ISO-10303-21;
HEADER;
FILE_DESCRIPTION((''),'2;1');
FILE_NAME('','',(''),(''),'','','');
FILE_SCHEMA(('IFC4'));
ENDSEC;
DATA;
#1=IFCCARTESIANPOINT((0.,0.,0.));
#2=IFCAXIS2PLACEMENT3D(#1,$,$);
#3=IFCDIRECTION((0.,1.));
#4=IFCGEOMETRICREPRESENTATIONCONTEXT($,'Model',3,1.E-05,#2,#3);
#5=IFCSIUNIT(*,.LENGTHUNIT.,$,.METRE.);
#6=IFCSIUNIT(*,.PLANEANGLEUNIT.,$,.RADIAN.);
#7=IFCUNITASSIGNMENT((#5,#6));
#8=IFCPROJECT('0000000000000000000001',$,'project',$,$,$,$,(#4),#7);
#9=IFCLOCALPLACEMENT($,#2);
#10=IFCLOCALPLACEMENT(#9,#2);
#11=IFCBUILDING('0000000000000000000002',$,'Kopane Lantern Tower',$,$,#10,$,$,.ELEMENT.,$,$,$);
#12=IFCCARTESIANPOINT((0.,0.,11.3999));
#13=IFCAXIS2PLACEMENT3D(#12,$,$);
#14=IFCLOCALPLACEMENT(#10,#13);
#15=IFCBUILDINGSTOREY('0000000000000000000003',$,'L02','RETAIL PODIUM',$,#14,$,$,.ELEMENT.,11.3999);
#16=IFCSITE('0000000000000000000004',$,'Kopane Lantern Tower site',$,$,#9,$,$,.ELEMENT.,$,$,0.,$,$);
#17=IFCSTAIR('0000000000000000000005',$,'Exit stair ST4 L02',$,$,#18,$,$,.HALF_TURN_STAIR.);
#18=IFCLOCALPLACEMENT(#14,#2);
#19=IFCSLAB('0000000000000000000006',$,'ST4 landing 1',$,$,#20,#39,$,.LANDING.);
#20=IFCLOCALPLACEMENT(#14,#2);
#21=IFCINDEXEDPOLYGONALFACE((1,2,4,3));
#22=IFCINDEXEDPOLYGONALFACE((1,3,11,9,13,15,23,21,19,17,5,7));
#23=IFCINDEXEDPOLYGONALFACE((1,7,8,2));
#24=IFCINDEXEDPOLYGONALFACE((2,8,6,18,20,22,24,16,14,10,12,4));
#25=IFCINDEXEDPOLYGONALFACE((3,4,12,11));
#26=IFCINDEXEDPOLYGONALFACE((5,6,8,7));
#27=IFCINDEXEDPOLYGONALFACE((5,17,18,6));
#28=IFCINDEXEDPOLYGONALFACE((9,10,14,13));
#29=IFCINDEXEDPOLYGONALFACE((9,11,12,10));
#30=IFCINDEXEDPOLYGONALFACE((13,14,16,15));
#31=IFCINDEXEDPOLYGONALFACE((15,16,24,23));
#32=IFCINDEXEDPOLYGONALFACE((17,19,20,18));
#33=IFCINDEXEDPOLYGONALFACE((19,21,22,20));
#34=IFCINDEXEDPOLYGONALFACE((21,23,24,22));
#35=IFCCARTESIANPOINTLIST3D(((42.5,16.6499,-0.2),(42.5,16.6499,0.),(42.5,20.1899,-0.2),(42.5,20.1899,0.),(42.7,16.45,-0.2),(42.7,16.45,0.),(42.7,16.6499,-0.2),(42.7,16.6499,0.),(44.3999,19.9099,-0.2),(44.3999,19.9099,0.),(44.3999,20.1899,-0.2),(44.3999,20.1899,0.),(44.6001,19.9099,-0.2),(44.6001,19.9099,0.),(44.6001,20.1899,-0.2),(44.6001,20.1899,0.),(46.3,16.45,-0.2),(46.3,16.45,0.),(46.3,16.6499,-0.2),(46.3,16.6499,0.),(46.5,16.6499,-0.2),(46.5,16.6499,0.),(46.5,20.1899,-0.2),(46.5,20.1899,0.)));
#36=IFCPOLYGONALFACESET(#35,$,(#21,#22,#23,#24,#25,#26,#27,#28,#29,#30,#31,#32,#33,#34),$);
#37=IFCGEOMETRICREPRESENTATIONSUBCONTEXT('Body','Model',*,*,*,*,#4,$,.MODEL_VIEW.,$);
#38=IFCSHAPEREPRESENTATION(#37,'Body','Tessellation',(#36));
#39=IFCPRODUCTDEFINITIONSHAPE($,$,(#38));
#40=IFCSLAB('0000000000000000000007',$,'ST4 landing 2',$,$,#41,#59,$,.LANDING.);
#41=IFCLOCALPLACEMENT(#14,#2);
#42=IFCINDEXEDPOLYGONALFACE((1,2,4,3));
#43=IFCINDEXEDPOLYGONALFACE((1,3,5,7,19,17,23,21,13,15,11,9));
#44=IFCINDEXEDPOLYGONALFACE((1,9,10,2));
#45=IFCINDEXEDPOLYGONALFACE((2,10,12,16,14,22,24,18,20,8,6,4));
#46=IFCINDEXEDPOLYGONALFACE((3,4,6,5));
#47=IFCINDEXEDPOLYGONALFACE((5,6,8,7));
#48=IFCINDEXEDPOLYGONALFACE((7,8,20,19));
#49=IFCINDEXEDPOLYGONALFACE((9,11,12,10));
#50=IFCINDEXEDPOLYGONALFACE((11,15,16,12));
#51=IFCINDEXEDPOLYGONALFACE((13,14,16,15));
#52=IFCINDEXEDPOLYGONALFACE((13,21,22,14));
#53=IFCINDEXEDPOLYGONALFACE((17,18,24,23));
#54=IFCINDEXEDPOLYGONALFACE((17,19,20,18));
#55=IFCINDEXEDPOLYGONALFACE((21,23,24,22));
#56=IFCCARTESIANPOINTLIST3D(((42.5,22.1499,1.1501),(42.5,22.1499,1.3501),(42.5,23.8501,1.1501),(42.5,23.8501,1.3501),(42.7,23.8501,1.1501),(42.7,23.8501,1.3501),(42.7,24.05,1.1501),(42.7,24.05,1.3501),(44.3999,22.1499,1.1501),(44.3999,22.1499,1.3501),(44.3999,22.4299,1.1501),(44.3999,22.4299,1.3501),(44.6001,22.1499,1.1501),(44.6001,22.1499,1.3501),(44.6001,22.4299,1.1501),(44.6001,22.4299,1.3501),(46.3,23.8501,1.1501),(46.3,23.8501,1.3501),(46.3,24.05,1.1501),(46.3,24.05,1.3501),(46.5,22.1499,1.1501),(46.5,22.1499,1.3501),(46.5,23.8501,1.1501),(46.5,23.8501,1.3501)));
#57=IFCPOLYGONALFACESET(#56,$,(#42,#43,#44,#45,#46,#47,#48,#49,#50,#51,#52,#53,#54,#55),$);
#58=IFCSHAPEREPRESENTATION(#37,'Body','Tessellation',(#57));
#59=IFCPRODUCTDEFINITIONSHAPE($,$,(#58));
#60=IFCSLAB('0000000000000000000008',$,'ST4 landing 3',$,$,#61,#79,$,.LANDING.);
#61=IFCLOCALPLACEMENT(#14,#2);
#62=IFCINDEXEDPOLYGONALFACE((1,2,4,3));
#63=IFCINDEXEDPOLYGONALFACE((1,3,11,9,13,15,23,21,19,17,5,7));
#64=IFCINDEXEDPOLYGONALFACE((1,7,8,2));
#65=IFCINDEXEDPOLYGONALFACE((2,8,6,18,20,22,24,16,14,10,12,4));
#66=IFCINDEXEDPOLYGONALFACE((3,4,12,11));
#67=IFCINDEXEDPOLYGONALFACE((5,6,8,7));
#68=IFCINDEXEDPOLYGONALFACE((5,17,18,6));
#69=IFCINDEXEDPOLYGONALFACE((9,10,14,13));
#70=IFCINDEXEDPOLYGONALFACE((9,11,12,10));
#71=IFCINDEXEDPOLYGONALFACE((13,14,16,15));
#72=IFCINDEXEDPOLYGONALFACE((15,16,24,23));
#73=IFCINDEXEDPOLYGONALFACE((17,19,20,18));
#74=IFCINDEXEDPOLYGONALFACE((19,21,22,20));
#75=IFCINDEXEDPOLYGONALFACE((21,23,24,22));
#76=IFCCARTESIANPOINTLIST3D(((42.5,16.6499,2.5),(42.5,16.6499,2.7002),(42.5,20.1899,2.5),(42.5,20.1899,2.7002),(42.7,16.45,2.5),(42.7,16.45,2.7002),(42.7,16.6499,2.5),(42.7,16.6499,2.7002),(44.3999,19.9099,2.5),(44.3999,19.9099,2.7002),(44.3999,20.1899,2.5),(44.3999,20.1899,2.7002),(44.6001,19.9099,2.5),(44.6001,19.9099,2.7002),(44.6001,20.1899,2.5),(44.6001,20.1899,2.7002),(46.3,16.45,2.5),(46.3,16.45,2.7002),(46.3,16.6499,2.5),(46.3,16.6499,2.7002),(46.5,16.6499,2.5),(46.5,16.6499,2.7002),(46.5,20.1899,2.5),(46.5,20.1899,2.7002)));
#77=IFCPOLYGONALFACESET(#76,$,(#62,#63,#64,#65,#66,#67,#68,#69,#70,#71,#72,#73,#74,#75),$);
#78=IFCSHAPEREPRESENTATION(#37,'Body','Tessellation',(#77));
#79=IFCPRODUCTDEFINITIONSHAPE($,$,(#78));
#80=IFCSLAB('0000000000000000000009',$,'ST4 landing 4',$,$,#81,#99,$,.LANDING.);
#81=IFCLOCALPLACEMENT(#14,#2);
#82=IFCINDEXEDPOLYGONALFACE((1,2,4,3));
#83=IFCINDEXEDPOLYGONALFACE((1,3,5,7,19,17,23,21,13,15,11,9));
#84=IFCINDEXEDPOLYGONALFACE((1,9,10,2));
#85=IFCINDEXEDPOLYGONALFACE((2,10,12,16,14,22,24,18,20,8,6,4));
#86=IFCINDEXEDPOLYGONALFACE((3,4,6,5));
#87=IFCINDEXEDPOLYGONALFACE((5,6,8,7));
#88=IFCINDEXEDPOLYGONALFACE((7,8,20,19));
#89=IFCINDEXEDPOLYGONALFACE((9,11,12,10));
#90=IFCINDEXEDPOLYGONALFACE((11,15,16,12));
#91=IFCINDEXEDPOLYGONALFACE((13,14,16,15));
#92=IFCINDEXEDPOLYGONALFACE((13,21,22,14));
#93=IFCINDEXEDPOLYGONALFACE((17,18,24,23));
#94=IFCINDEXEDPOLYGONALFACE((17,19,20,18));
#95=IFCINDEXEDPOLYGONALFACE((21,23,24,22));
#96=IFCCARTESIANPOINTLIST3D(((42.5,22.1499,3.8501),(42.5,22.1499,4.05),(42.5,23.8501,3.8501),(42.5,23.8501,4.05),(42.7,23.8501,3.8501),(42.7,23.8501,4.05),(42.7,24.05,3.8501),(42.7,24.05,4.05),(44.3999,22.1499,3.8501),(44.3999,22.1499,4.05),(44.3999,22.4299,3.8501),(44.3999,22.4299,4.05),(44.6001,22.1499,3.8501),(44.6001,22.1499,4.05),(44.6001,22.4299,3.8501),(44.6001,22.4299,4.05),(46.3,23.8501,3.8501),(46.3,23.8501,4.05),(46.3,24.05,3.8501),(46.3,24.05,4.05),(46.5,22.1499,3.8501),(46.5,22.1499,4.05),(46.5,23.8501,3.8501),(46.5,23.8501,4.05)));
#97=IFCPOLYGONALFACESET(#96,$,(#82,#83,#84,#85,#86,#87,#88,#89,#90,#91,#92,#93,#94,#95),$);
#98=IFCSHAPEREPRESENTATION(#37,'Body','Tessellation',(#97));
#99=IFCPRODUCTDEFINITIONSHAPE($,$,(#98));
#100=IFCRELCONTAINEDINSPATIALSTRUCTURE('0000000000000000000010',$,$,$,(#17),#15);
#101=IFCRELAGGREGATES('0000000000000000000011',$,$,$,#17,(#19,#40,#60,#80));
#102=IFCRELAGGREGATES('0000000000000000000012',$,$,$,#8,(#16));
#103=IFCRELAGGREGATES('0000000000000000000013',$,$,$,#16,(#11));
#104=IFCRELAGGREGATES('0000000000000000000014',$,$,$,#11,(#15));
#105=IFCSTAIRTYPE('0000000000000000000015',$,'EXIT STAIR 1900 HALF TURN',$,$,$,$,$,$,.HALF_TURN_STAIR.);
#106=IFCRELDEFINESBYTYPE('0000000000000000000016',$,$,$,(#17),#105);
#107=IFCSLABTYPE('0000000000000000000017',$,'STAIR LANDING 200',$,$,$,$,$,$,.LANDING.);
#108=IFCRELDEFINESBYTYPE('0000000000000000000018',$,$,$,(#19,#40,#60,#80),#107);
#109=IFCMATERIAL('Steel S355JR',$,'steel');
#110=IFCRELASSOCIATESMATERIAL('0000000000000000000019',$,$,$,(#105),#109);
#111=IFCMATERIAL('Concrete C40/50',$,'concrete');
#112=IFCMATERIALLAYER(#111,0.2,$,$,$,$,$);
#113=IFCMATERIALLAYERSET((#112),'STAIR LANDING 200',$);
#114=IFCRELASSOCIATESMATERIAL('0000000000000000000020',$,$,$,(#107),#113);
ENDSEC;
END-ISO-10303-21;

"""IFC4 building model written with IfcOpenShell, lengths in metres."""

from ifc_helpers import new_model, si_unit, direction, frame, origin, place, context, subcontext, project, spatial, polyline, outline, extrude, material, layer, layer_set, type_object, element, aggregate, save


model = new_model("IFC4")

# Units and contexts
model_context = context("Model", 3, precision=1e-05, world=origin(), true_north=direction((0.0, 1.0)))
body_context = subcontext(model_context, "Body", "Model", "MODEL_VIEW")
ifc_project = project(units=[si_unit("LENGTHUNIT", "METRE"), si_unit("PLANEANGLEUNIT", "RADIAN")], contexts=[model_context])

# Site, building, storey
site_placement = place(None, origin())
site = spatial("IfcSite", under=ifc_project, at=site_placement, Name="Kopane Lantern Tower site", CompositionType="ELEMENT", RefElevation=0.0)
building_placement = place(site_placement, origin())
building = spatial("IfcBuilding", under=site, at=building_placement, Name="Kopane Lantern Tower", CompositionType="ELEMENT")
storey_placement = place(building_placement, frame((0.0, 0.0, 11.3999)))
storey = spatial("IfcBuildingStorey", under=building, at=storey_placement, Name="L02", Description="RETAIL PODIUM", CompositionType="ELEMENT", Elevation=11.3999)

# Shared definitions
ifc_material_1 = material(Name="Steel S355JR", Category="steel")
stair_type = type_object("IfcStairType", Name="EXIT STAIR 1900 HALF TURN", PredefinedType="HALF_TURN_STAIR", material=ifc_material_1)
ifc_material_2 = material(Name="Concrete C40/50", Category="concrete")
ifc_layer_1 = layer(ifc_material_2, 0.2)
ifc_layer_set_1 = layer_set([ifc_layer_1], Name="STAIR LANDING 200")
slab_type = type_object("IfcSlabType", Name="STAIR LANDING 200", PredefinedType="LANDING", material=ifc_layer_set_1)

# Stair, slabs
stair_1_placement = place(storey_placement, origin())
stair_1 = element("IfcStair", 1, at=stair_1_placement, inside=storey, type_object=stair_type, Name="Exit stair ST4 L02", PredefinedType="HALF_TURN_STAIR")
slab_1_placement = place(storey_placement, frame((0.0, 0.0, -0.2)))
slab_1 = element("IfcSlab", 2, at=slab_1_placement, type_object=slab_type, Name="ST4 landing 1", PredefinedType="LANDING", context=body_context, shape_type="SweptSolid", body=[
    extrude(outline(polyline([(42.7, 16.6499), (42.7, 16.45), (46.3, 16.45), (46.3, 16.6499), (46.5, 16.6499), (46.5, 20.1899), (44.6001, 20.1899), (44.6001, 19.9099), (44.3999, 19.9099), (44.3999, 20.1899), (42.5, 20.1899), (42.5, 16.6499), (42.7, 16.6499)])), origin(), (0.0, 0.0, 1.0), 0.2),
])
slab_2_placement = place(storey_placement, frame((0.0, 0.0, 1.1501)))
slab_2 = element("IfcSlab", 3, at=slab_2_placement, type_object=slab_type, Name="ST4 landing 2", PredefinedType="LANDING", context=body_context, shape_type="SweptSolid", body=[
    extrude(outline(polyline([(42.7, 23.8501), (42.5, 23.8501), (42.5, 22.1499), (44.3999, 22.1499), (44.3999, 22.4299), (44.6001, 22.4299), (44.6001, 22.1499), (46.5, 22.1499), (46.5, 23.8501), (46.3, 23.8501), (46.3, 24.05), (42.7, 24.05), (42.7, 23.8501)])), origin(), (0.0, 0.0, 1.0), 0.2),
])
slab_3_placement = place(storey_placement, frame((0.0, 0.0, 2.5)))
slab_3 = element("IfcSlab", 4, at=slab_3_placement, type_object=slab_type, Name="ST4 landing 3", PredefinedType="LANDING", context=body_context, shape_type="SweptSolid", body=[
    extrude(outline(polyline([(42.7, 16.6499), (42.7, 16.45), (46.3, 16.45), (46.3, 16.6499), (46.5, 16.6499), (46.5, 20.1899), (44.6001, 20.1899), (44.6001, 19.9099), (44.3999, 19.9099), (44.3999, 20.1899), (42.5, 20.1899), (42.5, 16.6499), (42.7, 16.6499)])), origin(), (0.0, 0.0, 1.0), 0.2002),
])
slab_4_placement = place(storey_placement, frame((0.0, 0.0, 3.8501)))
slab_4 = element("IfcSlab", 5, at=slab_4_placement, type_object=slab_type, Name="ST4 landing 4", PredefinedType="LANDING", context=body_context, shape_type="SweptSolid", body=[
    extrude(outline(polyline([(42.7, 23.8501), (42.5, 23.8501), (42.5, 22.1499), (44.3999, 22.1499), (44.3999, 22.4299), (44.6001, 22.4299), (44.6001, 22.1499), (46.5, 22.1499), (46.5, 23.8501), (46.3, 23.8501), (46.3, 24.05), (42.7, 24.05), (42.7, 23.8501)])), origin(), (0.0, 0.0, 1.0), 0.2),
])
aggregate(stair_1, [slab_1, slab_2, slab_3, slab_4])

save(model, "model.ifc")
